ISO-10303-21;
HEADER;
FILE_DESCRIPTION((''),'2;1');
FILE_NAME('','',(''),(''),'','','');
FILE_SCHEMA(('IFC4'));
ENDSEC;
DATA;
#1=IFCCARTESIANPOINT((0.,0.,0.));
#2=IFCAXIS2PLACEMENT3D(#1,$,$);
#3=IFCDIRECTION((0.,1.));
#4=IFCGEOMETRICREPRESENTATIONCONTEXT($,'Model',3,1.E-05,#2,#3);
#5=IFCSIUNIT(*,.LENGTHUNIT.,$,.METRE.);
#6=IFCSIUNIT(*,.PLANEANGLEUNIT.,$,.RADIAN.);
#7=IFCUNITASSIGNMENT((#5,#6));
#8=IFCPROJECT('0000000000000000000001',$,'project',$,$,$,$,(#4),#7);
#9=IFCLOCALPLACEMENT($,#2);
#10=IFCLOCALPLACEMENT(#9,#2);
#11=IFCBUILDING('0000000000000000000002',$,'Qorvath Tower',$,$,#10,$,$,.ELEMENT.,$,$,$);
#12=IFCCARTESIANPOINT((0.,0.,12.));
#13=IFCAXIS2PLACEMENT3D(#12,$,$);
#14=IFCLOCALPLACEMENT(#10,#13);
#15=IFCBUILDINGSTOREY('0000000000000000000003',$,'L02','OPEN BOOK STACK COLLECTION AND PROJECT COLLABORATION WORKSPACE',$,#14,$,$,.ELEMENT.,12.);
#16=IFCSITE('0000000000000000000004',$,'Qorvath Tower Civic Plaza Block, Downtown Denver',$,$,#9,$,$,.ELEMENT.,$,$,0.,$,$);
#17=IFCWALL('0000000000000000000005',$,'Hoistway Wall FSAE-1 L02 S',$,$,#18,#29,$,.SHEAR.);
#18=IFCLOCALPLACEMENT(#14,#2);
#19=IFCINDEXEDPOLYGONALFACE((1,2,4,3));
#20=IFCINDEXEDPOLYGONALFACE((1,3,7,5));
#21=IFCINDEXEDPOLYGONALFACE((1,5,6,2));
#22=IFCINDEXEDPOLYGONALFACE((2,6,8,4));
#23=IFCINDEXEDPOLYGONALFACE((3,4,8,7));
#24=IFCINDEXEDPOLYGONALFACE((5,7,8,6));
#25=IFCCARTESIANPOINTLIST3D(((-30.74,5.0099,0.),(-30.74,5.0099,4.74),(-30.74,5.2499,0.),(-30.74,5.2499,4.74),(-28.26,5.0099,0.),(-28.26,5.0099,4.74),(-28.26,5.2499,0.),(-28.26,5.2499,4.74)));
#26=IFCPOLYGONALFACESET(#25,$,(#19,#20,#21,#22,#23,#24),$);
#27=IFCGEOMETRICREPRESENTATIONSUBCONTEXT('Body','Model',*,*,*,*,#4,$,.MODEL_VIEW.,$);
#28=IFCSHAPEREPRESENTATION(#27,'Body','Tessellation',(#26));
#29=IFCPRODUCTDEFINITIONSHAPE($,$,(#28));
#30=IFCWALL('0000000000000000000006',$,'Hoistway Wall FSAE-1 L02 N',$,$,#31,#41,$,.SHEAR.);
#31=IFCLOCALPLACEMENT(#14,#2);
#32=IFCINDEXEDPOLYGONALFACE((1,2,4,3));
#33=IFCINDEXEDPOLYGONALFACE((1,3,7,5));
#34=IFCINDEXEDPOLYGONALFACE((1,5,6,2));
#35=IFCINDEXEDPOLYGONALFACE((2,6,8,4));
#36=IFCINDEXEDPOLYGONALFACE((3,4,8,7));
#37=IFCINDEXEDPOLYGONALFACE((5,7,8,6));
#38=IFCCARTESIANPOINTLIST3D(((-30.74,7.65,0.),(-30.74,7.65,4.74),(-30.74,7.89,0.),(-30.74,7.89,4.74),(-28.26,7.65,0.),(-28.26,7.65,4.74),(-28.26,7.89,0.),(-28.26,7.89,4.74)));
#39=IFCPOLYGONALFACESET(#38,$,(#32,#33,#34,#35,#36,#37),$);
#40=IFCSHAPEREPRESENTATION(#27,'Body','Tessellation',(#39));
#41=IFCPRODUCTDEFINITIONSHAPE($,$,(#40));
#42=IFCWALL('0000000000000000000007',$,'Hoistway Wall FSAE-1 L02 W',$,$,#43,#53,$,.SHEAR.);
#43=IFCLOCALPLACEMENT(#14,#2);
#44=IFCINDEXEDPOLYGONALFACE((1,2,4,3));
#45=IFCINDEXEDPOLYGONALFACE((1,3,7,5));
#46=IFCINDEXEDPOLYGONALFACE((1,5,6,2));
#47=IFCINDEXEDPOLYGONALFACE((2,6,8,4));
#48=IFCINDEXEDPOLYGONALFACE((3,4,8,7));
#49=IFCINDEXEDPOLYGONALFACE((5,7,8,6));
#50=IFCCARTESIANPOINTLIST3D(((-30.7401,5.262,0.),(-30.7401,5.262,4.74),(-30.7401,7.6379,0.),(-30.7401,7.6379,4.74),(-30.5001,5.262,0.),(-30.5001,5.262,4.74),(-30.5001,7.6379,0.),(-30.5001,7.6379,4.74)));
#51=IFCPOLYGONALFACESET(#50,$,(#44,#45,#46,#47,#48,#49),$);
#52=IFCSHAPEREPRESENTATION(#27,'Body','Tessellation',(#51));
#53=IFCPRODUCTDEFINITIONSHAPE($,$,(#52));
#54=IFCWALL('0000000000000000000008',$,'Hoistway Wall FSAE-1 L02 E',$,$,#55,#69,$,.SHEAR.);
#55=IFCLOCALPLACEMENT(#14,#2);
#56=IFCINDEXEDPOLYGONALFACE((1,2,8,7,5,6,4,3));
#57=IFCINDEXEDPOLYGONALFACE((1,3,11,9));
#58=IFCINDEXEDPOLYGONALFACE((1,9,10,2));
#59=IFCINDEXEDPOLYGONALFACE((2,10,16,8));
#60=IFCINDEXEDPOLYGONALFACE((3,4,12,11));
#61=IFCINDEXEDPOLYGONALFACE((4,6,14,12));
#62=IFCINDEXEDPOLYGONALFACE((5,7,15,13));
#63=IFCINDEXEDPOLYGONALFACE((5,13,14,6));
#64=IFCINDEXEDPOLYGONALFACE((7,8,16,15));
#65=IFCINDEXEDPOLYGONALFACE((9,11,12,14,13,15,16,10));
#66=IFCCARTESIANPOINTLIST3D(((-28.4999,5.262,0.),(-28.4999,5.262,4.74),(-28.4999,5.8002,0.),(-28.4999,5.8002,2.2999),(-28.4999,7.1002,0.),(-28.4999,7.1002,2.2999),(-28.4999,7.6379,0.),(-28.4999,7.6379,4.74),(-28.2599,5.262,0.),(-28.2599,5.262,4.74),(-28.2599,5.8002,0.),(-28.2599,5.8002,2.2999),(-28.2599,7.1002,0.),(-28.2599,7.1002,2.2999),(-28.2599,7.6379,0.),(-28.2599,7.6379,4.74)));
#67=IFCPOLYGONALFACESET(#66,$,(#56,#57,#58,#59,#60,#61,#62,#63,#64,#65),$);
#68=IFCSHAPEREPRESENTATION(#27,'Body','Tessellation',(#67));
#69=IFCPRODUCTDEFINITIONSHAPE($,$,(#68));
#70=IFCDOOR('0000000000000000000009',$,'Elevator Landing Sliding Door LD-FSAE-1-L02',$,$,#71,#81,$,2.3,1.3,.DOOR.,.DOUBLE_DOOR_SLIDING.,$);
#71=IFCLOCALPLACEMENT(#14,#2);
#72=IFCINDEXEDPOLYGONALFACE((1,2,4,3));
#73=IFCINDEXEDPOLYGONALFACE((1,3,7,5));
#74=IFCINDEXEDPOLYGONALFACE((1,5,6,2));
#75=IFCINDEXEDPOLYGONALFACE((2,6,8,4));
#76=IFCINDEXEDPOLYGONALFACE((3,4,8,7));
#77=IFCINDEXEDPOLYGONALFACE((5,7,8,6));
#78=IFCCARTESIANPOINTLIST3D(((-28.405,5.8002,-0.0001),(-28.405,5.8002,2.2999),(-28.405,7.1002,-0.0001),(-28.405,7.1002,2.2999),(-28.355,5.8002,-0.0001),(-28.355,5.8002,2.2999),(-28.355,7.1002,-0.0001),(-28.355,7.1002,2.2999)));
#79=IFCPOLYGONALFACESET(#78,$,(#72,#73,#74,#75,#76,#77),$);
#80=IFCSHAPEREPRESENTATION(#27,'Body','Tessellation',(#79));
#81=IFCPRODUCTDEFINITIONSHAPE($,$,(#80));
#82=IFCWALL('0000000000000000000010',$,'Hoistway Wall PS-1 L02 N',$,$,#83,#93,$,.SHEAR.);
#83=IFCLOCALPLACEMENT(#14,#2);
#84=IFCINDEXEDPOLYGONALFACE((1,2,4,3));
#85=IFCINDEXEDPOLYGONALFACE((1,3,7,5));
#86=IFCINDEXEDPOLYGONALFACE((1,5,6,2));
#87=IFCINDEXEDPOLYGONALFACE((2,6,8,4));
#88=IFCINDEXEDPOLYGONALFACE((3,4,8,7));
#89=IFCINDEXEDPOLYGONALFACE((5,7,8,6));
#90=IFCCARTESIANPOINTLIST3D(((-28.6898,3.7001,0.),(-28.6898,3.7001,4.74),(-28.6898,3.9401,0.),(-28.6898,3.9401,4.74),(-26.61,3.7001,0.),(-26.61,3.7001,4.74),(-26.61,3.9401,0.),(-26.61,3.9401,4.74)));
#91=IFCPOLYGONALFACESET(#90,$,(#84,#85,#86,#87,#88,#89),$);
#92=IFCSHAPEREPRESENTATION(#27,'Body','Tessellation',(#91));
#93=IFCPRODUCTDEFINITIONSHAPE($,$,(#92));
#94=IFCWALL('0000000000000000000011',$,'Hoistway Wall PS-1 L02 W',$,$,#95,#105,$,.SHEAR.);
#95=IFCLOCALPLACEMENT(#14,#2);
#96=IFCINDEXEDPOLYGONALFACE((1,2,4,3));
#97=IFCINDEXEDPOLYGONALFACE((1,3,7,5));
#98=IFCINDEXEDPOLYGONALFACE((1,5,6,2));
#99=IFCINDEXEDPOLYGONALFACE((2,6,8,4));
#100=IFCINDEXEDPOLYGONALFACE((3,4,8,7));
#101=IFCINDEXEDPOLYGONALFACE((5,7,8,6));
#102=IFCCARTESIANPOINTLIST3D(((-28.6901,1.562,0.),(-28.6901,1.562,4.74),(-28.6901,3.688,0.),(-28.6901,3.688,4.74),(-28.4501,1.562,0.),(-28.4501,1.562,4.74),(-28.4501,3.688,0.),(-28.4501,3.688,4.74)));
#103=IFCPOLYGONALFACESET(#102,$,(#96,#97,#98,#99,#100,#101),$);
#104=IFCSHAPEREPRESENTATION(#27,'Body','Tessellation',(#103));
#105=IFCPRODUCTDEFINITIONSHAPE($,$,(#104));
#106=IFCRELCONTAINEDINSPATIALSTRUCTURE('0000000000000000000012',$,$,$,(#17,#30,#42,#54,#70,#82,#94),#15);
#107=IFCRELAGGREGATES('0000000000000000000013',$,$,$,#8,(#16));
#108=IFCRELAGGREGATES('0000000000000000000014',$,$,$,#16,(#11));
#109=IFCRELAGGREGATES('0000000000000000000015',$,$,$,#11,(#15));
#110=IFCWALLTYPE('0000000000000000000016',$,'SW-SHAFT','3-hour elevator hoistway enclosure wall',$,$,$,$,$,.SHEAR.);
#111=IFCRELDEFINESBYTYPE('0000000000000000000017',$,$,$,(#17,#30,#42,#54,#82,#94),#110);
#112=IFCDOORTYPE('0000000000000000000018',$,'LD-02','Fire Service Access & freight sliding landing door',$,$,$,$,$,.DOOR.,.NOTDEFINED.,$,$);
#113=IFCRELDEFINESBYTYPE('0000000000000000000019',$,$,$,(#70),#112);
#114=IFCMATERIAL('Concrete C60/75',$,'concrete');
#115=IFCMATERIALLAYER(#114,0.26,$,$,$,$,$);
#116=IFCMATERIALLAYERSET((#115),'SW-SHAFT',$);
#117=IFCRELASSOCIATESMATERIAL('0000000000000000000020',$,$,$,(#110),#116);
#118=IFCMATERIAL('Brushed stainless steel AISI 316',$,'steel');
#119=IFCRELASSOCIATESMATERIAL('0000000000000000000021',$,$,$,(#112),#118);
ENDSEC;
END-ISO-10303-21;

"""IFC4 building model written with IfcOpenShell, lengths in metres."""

from ifc_helpers import new_model, si_unit, direction, frame, frame_2d, origin, place, context, subcontext, project, spatial, rectangle, extrude, material, layer, layer_set, type_object, element, fill, save


model = new_model("IFC4")

# Units and contexts
model_context = context("Model", 3, precision=1e-05, world=origin(), true_north=direction((0.0, 1.0)))
body_context = subcontext(model_context, "Body", "Model", "MODEL_VIEW")
ifc_project = project(units=[si_unit("LENGTHUNIT", "METRE"), si_unit("PLANEANGLEUNIT", "RADIAN")], contexts=[model_context])

# Site, building, storey
site_placement = place(None, origin())
site = spatial("IfcSite", under=ifc_project, at=site_placement, Name="Qorvath Tower Civic Plaza Block, Downtown Denver", CompositionType="ELEMENT", RefElevation=0.0)
building_placement = place(site_placement, origin())
building = spatial("IfcBuilding", under=site, at=building_placement, Name="Qorvath Tower", CompositionType="ELEMENT")
storey_placement = place(building_placement, frame((0.0, 0.0, 12.0)))
storey = spatial("IfcBuildingStorey", under=building, at=storey_placement, Name="L02", Description="OPEN BOOK STACK COLLECTION AND PROJECT COLLABORATION WORKSPACE", CompositionType="ELEMENT", Elevation=12.0)

# Walls
ifc_material_1 = material(Name="Concrete C60/75", Category="concrete")
ifc_layer_1 = layer(ifc_material_1, 0.26)
ifc_layer_set_1 = layer_set([ifc_layer_1], Name="SW-SHAFT")
wall_type_1 = type_object("IfcWallType", Name="SW-SHAFT", Description="3-hour elevator hoistway enclosure wall", PredefinedType="SHEAR", material=ifc_layer_set_1)
for number, where, z_axis, x_axis, name in (
    (1, (-28.26, 5.1299, 0.0), (0.0, 0.0, 1.0), (-1.0, 0.0, 0.0), "Hoistway Wall FSAE-1 L02 S"),
    (2, (-30.74, 7.77, 0.0), (0.0, 0.0, 1.0), (1.0, 0.0, 0.0), "Hoistway Wall FSAE-1 L02 N"),
):
    element("IfcWall", number, at=place(storey_placement, frame(where, z_axis=z_axis, x_axis=x_axis)), inside=storey, type_object=wall_type_1, Name=name, PredefinedType="SHEAR", context=body_context, shape_type="SweptSolid", body=[
        extrude(rectangle(XDim=2.48, YDim=0.24, at=frame_2d((1.24, 0.0))), origin(), (0.0, 0.0, 1.0), 4.74),
    ])
wall_1_placement = place(storey_placement, frame((-30.6201, 5.262, 0.0), z_axis=(0.0, 0.0, 1.0), x_axis=(0.0, 1.0, 0.0)))
element("IfcWall", 3, at=wall_1_placement, inside=storey, type_object=wall_type_1, Name="Hoistway Wall FSAE-1 L02 W", PredefinedType="SHEAR", context=body_context, shape_type="SweptSolid", body=[
    extrude(rectangle(XDim=2.376, YDim=0.24, at=frame_2d((1.188, 0.0))), origin(), (0.0, 0.0, 1.0), 4.74),
])

# Wall, opening, door
wall_2_placement = place(storey_placement, frame((-28.3799, 7.6379, 0.0), z_axis=(0.0, 0.0, 1.0), x_axis=(0.0, -1.0, 0.0)))
wall_2 = element("IfcWall", 4, at=wall_2_placement, inside=storey, type_object=wall_type_1, Name="Hoistway Wall FSAE-1 L02 E", PredefinedType="SHEAR", context=body_context, shape_type="SweptSolid", body=[
    extrude(rectangle(XDim=2.376, YDim=0.24, at=frame_2d((1.188, 0.0))), origin(), (0.0, 0.0, 1.0), 4.74),
])
opening_placement = place(wall_2_placement, frame((0.5378, 0.0, 0.0)))
opening = element("IfcOpeningElement", 5, at=opening_placement, cuts=wall_2, PredefinedType="OPENING", context=body_context, shape_type="SweptSolid", body=[
    extrude(rectangle(XDim=1.3, YDim=2.3, at=frame_2d((0.6499, 1.1499))), frame((0.0, 0.1299, 0.0), z_axis=(0.0, -1.0, 0.0), x_axis=(1.0, 0.0, 0.0)), (0.0, 0.0, 1.0), 0.26),
])
ifc_material_2 = material(Name="Brushed stainless steel AISI 316", Category="steel")
door_type = type_object("IfcDoorType", Name="LD-02", Description="Fire Service Access & freight sliding landing door", OperationType="NOTDEFINED", PredefinedType="DOOR", material=ifc_material_2)
door_placement = place(opening_placement, origin())
door = element("IfcDoor", 6, at=door_placement, inside=storey, type_object=door_type, Name="Elevator Landing Sliding Door LD-FSAE-1-L02", OperationType="DOUBLE_DOOR_SLIDING", OverallHeight=2.3, OverallWidth=1.3, PredefinedType="DOOR", context=body_context, shape_type="SweptSolid", body=[
    extrude(rectangle(XDim=1.3, YDim=2.3, at=frame_2d((0.6499, 1.1499))), frame((0.0, 0.0249, 0.0), z_axis=(0.0, -1.0, 0.0), x_axis=(1.0, 0.0, 0.0)), (0.0, 0.0, 1.0), 0.05),
])
fill(opening, door)

# Walls
wall_3_placement = place(storey_placement, frame((-28.6899, 3.8201, 0.0), z_axis=(0.0, 0.0, 1.0), x_axis=(1.0, 0.0, 0.0)))
element("IfcWall", 7, at=wall_3_placement, inside=storey, type_object=wall_type_1, Name="Hoistway Wall PS-1 L02 N", PredefinedType="SHEAR", context=body_context, shape_type="SweptSolid", body=[
    extrude(rectangle(XDim=2.0798, YDim=0.24, at=frame_2d((1.04, 0.0))), origin(), (0.0, 0.0, 1.0), 4.74),
])
wall_4_placement = place(storey_placement, frame((-28.5701, 1.562, 0.0), z_axis=(0.0, 0.0, 1.0), x_axis=(0.0, 1.0, 0.0)))
element("IfcWall", 8, at=wall_4_placement, inside=storey, type_object=wall_type_1, Name="Hoistway Wall PS-1 L02 W", PredefinedType="SHEAR", context=body_context, shape_type="SweptSolid", body=[
    extrude(rectangle(XDim=2.126, YDim=0.24, at=frame_2d((1.063, 0.0))), origin(), (0.0, 0.0, 1.0), 4.74),
])

save(model, "model.ifc")
